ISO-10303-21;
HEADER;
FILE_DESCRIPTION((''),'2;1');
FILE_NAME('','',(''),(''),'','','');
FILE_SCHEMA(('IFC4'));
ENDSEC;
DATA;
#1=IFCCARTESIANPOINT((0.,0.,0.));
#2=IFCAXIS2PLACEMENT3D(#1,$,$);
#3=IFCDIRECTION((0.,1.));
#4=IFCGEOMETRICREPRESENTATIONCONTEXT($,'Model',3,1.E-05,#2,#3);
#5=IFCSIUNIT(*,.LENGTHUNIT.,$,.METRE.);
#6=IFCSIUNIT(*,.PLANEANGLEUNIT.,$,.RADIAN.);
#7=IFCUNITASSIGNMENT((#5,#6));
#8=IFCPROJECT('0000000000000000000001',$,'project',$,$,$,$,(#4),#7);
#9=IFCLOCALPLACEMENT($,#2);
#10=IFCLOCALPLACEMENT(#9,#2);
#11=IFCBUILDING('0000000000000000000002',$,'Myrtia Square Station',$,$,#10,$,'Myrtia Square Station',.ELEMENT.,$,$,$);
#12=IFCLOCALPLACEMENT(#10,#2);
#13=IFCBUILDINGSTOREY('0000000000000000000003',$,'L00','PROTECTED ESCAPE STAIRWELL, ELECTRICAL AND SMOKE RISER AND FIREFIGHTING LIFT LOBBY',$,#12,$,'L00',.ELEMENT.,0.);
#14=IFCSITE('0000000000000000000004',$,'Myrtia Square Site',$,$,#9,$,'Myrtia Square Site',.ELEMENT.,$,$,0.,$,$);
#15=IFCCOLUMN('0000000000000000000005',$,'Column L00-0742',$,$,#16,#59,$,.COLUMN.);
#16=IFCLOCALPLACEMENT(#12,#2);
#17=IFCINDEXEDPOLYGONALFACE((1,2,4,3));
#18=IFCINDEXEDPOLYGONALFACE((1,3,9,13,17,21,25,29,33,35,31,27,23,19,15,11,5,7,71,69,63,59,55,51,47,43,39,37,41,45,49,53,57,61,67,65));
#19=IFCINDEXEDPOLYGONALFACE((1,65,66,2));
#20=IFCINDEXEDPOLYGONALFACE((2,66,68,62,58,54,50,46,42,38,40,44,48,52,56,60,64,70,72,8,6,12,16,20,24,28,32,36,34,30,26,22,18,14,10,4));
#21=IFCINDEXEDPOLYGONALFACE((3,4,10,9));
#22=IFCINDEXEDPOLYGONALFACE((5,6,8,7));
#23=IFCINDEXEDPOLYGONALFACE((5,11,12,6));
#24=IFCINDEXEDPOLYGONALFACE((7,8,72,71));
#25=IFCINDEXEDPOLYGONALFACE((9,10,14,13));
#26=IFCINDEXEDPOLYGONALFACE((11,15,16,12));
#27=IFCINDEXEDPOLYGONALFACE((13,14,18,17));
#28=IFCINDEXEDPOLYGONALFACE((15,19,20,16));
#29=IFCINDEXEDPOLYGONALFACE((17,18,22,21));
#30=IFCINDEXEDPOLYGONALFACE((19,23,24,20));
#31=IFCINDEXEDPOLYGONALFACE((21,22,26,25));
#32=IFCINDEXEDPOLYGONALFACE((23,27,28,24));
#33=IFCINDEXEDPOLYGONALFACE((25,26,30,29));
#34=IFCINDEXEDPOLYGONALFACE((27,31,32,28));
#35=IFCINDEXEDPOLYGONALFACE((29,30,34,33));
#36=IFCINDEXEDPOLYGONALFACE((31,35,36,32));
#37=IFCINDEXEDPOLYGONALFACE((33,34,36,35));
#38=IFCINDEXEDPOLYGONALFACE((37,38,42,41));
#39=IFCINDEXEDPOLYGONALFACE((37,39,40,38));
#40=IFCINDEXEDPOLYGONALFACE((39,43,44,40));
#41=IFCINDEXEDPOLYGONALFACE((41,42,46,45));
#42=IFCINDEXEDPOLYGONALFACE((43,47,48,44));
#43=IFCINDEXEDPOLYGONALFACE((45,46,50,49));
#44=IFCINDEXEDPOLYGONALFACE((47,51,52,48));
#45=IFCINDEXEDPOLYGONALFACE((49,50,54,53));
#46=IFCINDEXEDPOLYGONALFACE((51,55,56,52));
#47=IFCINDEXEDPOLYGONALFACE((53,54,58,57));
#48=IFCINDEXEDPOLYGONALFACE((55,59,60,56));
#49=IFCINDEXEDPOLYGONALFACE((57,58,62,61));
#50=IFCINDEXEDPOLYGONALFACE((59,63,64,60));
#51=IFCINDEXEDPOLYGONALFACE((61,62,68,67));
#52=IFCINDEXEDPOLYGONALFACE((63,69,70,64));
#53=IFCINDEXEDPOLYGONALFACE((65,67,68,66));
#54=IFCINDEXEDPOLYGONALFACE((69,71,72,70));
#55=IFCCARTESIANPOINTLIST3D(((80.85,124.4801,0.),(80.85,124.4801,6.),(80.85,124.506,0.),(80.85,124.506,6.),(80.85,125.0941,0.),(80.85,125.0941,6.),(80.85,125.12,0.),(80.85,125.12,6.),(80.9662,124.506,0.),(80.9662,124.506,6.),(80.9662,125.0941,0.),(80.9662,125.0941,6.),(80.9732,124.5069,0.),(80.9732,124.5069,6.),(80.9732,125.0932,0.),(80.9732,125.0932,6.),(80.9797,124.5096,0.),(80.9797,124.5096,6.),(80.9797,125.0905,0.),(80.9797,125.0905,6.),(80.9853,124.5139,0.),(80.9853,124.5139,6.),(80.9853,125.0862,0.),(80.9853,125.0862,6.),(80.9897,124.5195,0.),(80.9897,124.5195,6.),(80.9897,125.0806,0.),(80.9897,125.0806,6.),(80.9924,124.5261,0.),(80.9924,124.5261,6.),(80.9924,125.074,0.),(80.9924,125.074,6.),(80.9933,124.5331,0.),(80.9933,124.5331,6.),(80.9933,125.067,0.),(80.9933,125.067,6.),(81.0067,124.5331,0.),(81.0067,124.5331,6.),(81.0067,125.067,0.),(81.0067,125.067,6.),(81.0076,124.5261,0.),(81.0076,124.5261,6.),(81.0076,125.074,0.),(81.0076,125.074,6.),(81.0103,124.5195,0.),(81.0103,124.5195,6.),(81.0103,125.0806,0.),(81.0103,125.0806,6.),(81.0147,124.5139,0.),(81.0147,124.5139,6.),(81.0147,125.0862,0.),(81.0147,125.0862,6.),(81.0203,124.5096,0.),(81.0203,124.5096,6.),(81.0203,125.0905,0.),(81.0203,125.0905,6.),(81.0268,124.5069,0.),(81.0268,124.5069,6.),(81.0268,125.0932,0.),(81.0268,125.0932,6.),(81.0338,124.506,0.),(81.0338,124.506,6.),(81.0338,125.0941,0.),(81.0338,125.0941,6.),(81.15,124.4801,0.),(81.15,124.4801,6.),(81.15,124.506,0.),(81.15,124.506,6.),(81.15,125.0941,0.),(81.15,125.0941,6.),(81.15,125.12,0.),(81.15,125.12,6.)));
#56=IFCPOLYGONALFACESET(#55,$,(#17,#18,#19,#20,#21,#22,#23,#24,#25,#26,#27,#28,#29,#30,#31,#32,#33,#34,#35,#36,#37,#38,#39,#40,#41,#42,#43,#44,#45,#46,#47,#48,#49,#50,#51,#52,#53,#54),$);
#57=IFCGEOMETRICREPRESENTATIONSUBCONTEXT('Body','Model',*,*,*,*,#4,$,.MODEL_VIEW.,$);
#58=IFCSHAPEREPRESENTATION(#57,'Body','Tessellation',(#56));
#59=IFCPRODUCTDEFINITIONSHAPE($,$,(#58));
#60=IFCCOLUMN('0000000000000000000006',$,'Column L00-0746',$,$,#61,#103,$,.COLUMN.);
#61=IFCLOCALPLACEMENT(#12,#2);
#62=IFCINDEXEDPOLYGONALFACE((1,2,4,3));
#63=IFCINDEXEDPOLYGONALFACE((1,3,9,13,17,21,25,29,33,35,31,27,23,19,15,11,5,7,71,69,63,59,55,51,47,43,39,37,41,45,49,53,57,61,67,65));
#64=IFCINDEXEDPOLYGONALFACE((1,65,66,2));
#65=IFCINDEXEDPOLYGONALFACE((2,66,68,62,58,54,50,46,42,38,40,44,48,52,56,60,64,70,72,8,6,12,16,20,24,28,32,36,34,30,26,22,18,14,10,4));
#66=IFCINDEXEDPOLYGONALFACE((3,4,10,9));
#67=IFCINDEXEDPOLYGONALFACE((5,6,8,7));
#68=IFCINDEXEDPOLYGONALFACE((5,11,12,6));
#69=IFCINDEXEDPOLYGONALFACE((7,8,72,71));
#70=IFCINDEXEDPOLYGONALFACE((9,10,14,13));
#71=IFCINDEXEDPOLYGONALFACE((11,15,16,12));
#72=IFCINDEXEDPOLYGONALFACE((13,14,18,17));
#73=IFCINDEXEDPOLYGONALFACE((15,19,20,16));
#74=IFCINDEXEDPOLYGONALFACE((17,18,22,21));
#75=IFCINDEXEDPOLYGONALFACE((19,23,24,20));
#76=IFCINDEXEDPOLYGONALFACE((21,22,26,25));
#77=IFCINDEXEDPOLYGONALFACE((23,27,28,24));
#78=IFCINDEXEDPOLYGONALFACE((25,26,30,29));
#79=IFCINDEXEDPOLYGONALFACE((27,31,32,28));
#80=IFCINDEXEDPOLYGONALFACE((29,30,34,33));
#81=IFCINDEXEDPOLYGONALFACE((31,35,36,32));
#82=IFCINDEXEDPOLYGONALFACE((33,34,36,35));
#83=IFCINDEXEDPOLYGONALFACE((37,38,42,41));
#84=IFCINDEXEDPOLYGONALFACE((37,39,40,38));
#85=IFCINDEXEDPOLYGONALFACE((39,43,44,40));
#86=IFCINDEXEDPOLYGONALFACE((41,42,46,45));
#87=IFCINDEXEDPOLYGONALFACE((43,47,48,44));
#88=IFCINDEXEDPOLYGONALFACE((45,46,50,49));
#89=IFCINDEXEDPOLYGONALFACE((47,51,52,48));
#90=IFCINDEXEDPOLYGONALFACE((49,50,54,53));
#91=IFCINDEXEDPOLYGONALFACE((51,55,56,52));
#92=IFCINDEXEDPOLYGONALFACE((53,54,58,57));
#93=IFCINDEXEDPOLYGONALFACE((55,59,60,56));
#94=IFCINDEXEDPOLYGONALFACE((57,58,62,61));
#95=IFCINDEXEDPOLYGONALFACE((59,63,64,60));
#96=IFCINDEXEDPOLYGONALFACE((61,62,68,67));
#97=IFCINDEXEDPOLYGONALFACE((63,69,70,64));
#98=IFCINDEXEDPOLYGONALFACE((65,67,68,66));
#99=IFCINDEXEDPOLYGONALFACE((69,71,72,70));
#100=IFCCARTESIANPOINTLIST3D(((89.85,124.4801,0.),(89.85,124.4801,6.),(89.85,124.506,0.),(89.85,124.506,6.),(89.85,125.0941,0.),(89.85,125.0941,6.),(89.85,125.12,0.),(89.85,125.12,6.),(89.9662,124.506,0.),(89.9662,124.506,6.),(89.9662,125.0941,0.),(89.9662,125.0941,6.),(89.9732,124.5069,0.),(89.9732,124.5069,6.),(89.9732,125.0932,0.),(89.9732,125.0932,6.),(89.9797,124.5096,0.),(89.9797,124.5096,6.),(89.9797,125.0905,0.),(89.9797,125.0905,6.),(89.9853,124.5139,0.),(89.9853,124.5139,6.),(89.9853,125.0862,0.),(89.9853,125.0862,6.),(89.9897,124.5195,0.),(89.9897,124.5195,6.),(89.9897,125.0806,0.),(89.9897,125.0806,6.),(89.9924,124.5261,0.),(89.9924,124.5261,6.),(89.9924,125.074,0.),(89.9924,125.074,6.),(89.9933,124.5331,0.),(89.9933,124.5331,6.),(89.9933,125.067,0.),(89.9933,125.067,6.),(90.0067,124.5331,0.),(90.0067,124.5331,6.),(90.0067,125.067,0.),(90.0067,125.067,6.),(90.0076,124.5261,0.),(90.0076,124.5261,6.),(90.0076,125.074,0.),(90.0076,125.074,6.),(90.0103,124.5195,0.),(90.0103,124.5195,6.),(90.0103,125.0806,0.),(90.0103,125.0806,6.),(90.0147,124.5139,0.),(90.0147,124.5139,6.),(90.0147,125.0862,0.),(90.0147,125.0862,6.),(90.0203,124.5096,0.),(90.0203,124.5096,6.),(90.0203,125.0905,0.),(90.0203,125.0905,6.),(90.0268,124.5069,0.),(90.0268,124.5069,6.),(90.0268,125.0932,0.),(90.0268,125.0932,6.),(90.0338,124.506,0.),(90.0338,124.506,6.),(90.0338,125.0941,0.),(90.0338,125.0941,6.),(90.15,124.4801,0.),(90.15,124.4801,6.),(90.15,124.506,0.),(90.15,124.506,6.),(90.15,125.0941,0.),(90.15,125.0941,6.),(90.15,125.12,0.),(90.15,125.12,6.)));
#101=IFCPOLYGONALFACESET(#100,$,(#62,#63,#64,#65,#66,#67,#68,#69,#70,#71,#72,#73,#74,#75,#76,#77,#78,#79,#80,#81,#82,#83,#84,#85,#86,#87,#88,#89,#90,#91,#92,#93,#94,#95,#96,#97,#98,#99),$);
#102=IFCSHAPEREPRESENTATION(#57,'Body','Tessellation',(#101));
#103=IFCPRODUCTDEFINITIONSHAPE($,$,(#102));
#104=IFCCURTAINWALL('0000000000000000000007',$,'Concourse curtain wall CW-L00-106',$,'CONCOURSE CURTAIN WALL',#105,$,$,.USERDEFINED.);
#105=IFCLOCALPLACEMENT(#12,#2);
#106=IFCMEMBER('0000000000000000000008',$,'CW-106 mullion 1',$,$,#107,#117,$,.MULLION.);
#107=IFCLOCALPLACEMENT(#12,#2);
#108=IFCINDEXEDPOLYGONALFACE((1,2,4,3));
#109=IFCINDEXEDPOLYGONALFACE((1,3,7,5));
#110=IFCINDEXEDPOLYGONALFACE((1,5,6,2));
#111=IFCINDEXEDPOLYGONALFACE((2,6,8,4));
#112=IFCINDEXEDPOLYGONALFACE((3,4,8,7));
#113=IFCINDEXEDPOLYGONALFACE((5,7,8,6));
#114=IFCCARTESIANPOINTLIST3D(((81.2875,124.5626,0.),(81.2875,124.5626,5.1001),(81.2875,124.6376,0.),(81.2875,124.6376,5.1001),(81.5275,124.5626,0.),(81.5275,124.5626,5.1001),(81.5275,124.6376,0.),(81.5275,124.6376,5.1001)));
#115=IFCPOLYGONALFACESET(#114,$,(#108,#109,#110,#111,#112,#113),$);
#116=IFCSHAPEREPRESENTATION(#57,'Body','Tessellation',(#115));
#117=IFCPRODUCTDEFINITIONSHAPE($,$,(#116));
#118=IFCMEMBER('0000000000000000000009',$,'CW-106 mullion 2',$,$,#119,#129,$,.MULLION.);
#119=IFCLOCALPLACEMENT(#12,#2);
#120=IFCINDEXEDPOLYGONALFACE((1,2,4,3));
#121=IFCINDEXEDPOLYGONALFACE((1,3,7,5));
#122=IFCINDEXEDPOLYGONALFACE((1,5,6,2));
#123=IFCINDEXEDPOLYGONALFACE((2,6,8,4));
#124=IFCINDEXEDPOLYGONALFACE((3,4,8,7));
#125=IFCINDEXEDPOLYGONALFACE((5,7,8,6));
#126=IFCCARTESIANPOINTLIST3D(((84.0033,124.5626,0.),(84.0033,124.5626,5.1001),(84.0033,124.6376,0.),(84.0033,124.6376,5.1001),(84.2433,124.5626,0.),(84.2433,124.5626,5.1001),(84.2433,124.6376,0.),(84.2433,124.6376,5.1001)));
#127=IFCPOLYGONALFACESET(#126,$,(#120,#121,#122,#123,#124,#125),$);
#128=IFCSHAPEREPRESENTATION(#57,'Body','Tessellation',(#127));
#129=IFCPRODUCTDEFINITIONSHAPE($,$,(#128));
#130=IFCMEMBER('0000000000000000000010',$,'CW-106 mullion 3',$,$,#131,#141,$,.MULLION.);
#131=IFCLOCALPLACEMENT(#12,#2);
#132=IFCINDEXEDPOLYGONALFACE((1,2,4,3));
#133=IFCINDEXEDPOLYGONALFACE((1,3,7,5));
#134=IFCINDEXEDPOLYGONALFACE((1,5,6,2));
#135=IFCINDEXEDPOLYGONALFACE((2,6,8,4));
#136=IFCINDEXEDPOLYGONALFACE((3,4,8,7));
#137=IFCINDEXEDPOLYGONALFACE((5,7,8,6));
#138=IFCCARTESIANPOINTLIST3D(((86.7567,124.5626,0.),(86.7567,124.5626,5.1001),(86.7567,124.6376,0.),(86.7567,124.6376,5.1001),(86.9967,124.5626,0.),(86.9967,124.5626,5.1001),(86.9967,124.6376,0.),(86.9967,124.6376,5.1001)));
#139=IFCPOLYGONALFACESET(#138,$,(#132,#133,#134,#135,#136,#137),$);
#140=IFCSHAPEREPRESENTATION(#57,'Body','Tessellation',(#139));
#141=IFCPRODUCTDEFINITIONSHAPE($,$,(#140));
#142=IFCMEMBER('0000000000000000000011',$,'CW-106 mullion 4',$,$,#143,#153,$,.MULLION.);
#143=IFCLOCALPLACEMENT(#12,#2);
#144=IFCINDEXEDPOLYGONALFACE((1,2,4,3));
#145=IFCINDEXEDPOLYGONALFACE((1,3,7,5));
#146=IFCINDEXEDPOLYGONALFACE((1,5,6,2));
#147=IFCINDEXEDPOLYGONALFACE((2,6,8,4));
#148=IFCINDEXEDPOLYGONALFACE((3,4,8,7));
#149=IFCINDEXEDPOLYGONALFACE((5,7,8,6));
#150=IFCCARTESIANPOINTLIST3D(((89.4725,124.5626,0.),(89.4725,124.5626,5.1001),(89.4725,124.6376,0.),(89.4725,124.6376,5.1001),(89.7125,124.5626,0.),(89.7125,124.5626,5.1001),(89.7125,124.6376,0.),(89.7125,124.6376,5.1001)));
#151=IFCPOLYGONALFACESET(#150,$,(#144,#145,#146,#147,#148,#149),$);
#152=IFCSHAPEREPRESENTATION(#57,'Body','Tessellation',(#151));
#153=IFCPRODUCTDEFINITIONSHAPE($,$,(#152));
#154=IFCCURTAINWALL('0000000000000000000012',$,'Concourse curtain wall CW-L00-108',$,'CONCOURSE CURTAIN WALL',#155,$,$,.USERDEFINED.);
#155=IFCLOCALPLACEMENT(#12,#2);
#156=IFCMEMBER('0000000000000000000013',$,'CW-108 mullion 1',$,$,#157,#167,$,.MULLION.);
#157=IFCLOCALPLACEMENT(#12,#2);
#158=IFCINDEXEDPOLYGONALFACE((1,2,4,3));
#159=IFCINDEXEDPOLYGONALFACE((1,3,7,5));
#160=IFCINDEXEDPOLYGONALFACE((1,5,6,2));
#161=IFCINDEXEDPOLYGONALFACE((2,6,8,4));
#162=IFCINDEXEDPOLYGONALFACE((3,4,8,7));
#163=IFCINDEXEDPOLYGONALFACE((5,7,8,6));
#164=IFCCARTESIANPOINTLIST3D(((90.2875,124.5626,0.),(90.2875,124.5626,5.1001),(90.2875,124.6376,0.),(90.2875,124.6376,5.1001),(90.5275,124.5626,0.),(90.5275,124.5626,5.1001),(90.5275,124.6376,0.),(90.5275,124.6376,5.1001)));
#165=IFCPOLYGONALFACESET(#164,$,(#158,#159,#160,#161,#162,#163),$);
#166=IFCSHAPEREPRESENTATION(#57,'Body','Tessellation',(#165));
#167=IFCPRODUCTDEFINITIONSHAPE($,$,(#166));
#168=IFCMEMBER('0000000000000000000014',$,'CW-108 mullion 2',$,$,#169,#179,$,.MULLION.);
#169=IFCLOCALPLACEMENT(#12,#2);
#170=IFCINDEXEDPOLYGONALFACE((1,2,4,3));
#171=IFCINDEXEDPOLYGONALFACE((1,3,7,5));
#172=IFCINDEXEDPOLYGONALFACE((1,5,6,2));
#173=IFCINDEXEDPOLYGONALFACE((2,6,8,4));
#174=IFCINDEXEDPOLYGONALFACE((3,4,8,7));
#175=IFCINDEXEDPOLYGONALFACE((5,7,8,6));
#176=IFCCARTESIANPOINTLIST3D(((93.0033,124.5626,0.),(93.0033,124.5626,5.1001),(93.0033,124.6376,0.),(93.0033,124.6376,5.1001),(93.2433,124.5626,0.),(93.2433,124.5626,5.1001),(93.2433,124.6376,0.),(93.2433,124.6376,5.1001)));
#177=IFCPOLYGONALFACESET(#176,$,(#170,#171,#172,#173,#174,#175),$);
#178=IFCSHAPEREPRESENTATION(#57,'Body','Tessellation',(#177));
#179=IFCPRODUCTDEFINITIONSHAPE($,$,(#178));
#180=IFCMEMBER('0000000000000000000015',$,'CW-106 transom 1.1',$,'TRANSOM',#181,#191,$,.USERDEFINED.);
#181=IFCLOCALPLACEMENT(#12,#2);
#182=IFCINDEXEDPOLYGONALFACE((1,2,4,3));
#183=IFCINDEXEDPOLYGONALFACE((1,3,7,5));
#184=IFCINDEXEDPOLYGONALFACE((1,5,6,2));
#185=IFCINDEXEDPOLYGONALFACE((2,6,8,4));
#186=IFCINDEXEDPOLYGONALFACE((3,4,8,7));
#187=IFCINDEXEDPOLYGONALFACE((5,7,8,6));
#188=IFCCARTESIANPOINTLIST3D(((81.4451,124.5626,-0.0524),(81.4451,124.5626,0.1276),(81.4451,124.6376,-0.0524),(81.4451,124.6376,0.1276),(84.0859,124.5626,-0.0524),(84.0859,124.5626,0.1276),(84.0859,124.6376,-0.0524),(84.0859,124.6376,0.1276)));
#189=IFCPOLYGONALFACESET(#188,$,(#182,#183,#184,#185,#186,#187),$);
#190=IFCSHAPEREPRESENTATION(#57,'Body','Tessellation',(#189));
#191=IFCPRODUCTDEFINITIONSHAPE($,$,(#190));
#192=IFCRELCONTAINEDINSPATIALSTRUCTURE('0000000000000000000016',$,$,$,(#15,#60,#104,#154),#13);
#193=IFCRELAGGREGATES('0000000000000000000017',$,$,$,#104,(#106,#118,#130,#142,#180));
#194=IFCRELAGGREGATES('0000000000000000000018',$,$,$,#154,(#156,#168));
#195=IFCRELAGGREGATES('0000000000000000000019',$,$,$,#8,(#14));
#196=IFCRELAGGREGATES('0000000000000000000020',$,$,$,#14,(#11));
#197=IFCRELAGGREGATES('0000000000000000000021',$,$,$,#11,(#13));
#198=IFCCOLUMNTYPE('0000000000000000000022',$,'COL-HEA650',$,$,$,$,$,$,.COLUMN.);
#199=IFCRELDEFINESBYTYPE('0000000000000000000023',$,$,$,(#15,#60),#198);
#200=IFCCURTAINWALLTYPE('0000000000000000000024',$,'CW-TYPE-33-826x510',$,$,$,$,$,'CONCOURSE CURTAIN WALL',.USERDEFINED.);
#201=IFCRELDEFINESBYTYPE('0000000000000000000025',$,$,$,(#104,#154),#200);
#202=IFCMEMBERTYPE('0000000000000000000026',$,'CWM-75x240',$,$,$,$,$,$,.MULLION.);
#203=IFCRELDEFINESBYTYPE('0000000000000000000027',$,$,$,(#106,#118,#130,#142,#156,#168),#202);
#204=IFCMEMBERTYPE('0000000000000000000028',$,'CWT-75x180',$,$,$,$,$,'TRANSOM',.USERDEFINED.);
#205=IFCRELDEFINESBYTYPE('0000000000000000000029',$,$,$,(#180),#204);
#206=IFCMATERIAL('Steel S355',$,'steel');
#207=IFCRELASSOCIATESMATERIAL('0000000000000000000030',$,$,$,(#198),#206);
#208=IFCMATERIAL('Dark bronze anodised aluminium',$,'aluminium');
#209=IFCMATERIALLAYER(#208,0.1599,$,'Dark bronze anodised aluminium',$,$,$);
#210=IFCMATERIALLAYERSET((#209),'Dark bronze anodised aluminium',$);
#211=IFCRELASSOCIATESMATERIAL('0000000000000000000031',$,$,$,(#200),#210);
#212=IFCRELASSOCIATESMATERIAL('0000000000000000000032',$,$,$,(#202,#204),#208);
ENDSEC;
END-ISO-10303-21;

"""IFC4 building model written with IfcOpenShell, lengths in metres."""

from ifc_helpers import new_model, si_unit, direction, frame, origin, origin_2d, place, context, subcontext, project, spatial, rectangle, i_section, extrude, material, layer, layer_set, material_profile, profile_set, type_object, element, aggregate, save


model = new_model("IFC4")

# Units and contexts
model_context = context("Model", 3, precision=1e-05, world=origin(), true_north=direction((0.0, 1.0)))
body_context = subcontext(model_context, "Body", "Model", "MODEL_VIEW")
ifc_project = project(units=[si_unit("LENGTHUNIT", "METRE"), si_unit("PLANEANGLEUNIT", "RADIAN")], contexts=[model_context])

# Site, building, storey
site_placement = place(None, origin())
site = spatial("IfcSite", under=ifc_project, at=site_placement, Name="Myrtia Square Site", LongName="Myrtia Square Site", CompositionType="ELEMENT", RefElevation=0.0)
building_placement = place(site_placement, origin())
building = spatial("IfcBuilding", under=site, at=building_placement, Name="Myrtia Square Station", LongName="Myrtia Square Station", CompositionType="ELEMENT")
storey_placement = place(building_placement, origin())
storey = spatial("IfcBuildingStorey", under=building, at=storey_placement, Name="L00", Description="PROTECTED ESCAPE STAIRWELL, ELECTRICAL AND SMOKE RISER AND FIREFIGHTING LIFT LOBBY", LongName="L00", CompositionType="ELEMENT", Elevation=0.0)

# Columns
ifc_material_1 = material(Name="Steel S355", Category="steel")
ifc_material_profile_1 = material_profile(ifc_material_1, i_section(OverallWidth=0.3, OverallDepth=0.6399, WebThickness=0.0134, FlangeThickness=0.0259, FilletRadius=0.0271, at=origin_2d()), Name="HEA 650")
ifc_profile_set_1 = profile_set([ifc_material_profile_1], Name="Steel S355")
column_type = type_object("IfcColumnType", Name="COL-HEA650", PredefinedType="COLUMN", material=ifc_profile_set_1)
for number, where, z_axis, x_axis, name in (
    (1, (81.0, 124.8, 0.0), (0.0, 0.0, 1.0), (1.0, 0.0, 0.0), "Column L00-0742"),
    (2, (90.0, 124.8, 0.0), (0.0, 0.0, 1.0), (1.0, 0.0, 0.0), "Column L00-0746"),
):
    element("IfcColumn", number, at=place(storey_placement, frame(where, z_axis=z_axis, x_axis=x_axis)), inside=storey, type_object=column_type, Name=name, PredefinedType="COLUMN", context=body_context, shape_type="SweptSolid", body=[
        extrude(i_section(OverallWidth=0.3, OverallDepth=0.6399, WebThickness=0.0134, FlangeThickness=0.0259, FilletRadius=0.0271, at=origin_2d()), origin(), (0.0, 0.0, 1.0), 6.0),
    ])

# Curtain walls, members
ifc_material_2 = material(Name="Dark bronze anodised aluminium", Category="aluminium")
ifc_layer_1 = layer(ifc_material_2, 0.1599, Name="Dark bronze anodised aluminium")
ifc_layer_set_1 = layer_set([ifc_layer_1], Name="Dark bronze anodised aluminium")
curtain_wall_type = type_object("IfcCurtainWallType", Name="CW-TYPE-33-826x510", ElementType="CONCOURSE CURTAIN WALL", PredefinedType="USERDEFINED", material=ifc_layer_set_1)
curtain_wall_1_placement = place(storey_placement, origin())
curtain_wall_1 = element("IfcCurtainWall", 3, at=curtain_wall_1_placement, inside=storey, type_object=curtain_wall_type, Name="Concourse curtain wall CW-L00-106", ObjectType="CONCOURSE CURTAIN WALL", PredefinedType="USERDEFINED")
ifc_material_profile_2 = material_profile(ifc_material_2, rectangle(XDim=0.075, YDim=0.24, at=origin_2d()), Name="ALU-M 75x240")
ifc_profile_set_2 = profile_set([ifc_material_profile_2], Name="Dark bronze anodised aluminium")
member_type_1 = type_object("IfcMemberType", Name="CWM-75x240", PredefinedType="MULLION", material=ifc_profile_set_2)
member_1_placement = place(storey_placement, frame((81.4075, 124.6001, 0.0), z_axis=(0.0, 0.0, 1.0), x_axis=(0.0, 1.0, 0.0)))
member_1 = element("IfcMember", 4, at=member_1_placement, type_object=member_type_1, Name="CW-106 mullion 1", PredefinedType="MULLION", context=body_context, shape_type="SweptSolid", body=[
    extrude(rectangle(XDim=0.075, YDim=0.24, at=origin_2d()), origin(), (0.0, 0.0, 1.0), 5.1001),
])
member_2_placement = place(storey_placement, frame((84.1233, 124.6001, 0.0), z_axis=(0.0, 0.0, 1.0), x_axis=(0.0, 1.0, 0.0)))
member_2 = element("IfcMember", 5, at=member_2_placement, type_object=member_type_1, Name="CW-106 mullion 2", PredefinedType="MULLION", context=body_context, shape_type="SweptSolid", body=[
    extrude(rectangle(XDim=0.075, YDim=0.24, at=origin_2d()), origin(), (0.0, 0.0, 1.0), 5.1001),
])
member_3_placement = place(storey_placement, frame((86.8767, 124.6001, 0.0), z_axis=(0.0, 0.0, 1.0), x_axis=(0.0, 1.0, 0.0)))
member_3 = element("IfcMember", 6, at=member_3_placement, type_object=member_type_1, Name="CW-106 mullion 3", PredefinedType="MULLION", context=body_context, shape_type="SweptSolid", body=[
    extrude(rectangle(XDim=0.075, YDim=0.24, at=origin_2d()), origin(), (0.0, 0.0, 1.0), 5.1001),
])
member_4_placement = place(storey_placement, frame((89.5925, 124.6001, 0.0), z_axis=(0.0, 0.0, 1.0), x_axis=(0.0, 1.0, 0.0)))
member_4 = element("IfcMember", 7, at=member_4_placement, type_object=member_type_1, Name="CW-106 mullion 4", PredefinedType="MULLION", context=body_context, shape_type="SweptSolid", body=[
    extrude(rectangle(XDim=0.075, YDim=0.24, at=origin_2d()), origin(), (0.0, 0.0, 1.0), 5.1001),
])
curtain_wall_2_placement = place(storey_placement, origin())
curtain_wall_2 = element("IfcCurtainWall", 8, at=curtain_wall_2_placement, inside=storey, type_object=curtain_wall_type, Name="Concourse curtain wall CW-L00-108", ObjectType="CONCOURSE CURTAIN WALL", PredefinedType="USERDEFINED")
member_5_placement = place(storey_placement, frame((90.4075, 124.6001, 0.0), z_axis=(0.0, 0.0, 1.0), x_axis=(0.0, 1.0, 0.0)))
member_5 = element("IfcMember", 9, at=member_5_placement, type_object=member_type_1, Name="CW-108 mullion 1", PredefinedType="MULLION", context=body_context, shape_type="SweptSolid", body=[
    extrude(rectangle(XDim=0.075, YDim=0.24, at=origin_2d()), origin(), (0.0, 0.0, 1.0), 5.1001),
])
member_6_placement = place(storey_placement, frame((93.1233, 124.6001, 0.0), z_axis=(0.0, 0.0, 1.0), x_axis=(0.0, 1.0, 0.0)))
member_6 = element("IfcMember", 10, at=member_6_placement, type_object=member_type_1, Name="CW-108 mullion 2", PredefinedType="MULLION", context=body_context, shape_type="SweptSolid", body=[
    extrude(rectangle(XDim=0.075, YDim=0.24, at=origin_2d()), origin(), (0.0, 0.0, 1.0), 5.1001),
])

# Member
ifc_material_profile_3 = material_profile(ifc_material_2, rectangle(XDim=0.075, YDim=0.1799, at=origin_2d()), Name="ALU-T 75x180")
ifc_profile_set_3 = profile_set([ifc_material_profile_3], Name="Dark bronze anodised aluminium")
member_type_2 = type_object("IfcMemberType", Name="CWT-75x180", ElementType="TRANSOM", PredefinedType="USERDEFINED", material=ifc_profile_set_3)
member_7_placement = place(storey_placement, frame((81.4451, 124.6001, 0.0376), z_axis=(1.0, 0.0, 0.0), x_axis=(0.0, 1.0, 0.0)))
member_7 = element("IfcMember", 11, at=member_7_placement, type_object=member_type_2, Name="CW-106 transom 1.1", ObjectType="TRANSOM", PredefinedType="USERDEFINED", context=body_context, shape_type="SweptSolid", body=[
    extrude(rectangle(XDim=0.075, YDim=0.1799, at=origin_2d()), origin(), (0.0, 0.0, 1.0), 2.6409),
])

aggregate(curtain_wall_1, [member_1, member_2, member_3, member_4, member_7])
aggregate(curtain_wall_2, [member_5, member_6])

save(model, "model.ifc")
